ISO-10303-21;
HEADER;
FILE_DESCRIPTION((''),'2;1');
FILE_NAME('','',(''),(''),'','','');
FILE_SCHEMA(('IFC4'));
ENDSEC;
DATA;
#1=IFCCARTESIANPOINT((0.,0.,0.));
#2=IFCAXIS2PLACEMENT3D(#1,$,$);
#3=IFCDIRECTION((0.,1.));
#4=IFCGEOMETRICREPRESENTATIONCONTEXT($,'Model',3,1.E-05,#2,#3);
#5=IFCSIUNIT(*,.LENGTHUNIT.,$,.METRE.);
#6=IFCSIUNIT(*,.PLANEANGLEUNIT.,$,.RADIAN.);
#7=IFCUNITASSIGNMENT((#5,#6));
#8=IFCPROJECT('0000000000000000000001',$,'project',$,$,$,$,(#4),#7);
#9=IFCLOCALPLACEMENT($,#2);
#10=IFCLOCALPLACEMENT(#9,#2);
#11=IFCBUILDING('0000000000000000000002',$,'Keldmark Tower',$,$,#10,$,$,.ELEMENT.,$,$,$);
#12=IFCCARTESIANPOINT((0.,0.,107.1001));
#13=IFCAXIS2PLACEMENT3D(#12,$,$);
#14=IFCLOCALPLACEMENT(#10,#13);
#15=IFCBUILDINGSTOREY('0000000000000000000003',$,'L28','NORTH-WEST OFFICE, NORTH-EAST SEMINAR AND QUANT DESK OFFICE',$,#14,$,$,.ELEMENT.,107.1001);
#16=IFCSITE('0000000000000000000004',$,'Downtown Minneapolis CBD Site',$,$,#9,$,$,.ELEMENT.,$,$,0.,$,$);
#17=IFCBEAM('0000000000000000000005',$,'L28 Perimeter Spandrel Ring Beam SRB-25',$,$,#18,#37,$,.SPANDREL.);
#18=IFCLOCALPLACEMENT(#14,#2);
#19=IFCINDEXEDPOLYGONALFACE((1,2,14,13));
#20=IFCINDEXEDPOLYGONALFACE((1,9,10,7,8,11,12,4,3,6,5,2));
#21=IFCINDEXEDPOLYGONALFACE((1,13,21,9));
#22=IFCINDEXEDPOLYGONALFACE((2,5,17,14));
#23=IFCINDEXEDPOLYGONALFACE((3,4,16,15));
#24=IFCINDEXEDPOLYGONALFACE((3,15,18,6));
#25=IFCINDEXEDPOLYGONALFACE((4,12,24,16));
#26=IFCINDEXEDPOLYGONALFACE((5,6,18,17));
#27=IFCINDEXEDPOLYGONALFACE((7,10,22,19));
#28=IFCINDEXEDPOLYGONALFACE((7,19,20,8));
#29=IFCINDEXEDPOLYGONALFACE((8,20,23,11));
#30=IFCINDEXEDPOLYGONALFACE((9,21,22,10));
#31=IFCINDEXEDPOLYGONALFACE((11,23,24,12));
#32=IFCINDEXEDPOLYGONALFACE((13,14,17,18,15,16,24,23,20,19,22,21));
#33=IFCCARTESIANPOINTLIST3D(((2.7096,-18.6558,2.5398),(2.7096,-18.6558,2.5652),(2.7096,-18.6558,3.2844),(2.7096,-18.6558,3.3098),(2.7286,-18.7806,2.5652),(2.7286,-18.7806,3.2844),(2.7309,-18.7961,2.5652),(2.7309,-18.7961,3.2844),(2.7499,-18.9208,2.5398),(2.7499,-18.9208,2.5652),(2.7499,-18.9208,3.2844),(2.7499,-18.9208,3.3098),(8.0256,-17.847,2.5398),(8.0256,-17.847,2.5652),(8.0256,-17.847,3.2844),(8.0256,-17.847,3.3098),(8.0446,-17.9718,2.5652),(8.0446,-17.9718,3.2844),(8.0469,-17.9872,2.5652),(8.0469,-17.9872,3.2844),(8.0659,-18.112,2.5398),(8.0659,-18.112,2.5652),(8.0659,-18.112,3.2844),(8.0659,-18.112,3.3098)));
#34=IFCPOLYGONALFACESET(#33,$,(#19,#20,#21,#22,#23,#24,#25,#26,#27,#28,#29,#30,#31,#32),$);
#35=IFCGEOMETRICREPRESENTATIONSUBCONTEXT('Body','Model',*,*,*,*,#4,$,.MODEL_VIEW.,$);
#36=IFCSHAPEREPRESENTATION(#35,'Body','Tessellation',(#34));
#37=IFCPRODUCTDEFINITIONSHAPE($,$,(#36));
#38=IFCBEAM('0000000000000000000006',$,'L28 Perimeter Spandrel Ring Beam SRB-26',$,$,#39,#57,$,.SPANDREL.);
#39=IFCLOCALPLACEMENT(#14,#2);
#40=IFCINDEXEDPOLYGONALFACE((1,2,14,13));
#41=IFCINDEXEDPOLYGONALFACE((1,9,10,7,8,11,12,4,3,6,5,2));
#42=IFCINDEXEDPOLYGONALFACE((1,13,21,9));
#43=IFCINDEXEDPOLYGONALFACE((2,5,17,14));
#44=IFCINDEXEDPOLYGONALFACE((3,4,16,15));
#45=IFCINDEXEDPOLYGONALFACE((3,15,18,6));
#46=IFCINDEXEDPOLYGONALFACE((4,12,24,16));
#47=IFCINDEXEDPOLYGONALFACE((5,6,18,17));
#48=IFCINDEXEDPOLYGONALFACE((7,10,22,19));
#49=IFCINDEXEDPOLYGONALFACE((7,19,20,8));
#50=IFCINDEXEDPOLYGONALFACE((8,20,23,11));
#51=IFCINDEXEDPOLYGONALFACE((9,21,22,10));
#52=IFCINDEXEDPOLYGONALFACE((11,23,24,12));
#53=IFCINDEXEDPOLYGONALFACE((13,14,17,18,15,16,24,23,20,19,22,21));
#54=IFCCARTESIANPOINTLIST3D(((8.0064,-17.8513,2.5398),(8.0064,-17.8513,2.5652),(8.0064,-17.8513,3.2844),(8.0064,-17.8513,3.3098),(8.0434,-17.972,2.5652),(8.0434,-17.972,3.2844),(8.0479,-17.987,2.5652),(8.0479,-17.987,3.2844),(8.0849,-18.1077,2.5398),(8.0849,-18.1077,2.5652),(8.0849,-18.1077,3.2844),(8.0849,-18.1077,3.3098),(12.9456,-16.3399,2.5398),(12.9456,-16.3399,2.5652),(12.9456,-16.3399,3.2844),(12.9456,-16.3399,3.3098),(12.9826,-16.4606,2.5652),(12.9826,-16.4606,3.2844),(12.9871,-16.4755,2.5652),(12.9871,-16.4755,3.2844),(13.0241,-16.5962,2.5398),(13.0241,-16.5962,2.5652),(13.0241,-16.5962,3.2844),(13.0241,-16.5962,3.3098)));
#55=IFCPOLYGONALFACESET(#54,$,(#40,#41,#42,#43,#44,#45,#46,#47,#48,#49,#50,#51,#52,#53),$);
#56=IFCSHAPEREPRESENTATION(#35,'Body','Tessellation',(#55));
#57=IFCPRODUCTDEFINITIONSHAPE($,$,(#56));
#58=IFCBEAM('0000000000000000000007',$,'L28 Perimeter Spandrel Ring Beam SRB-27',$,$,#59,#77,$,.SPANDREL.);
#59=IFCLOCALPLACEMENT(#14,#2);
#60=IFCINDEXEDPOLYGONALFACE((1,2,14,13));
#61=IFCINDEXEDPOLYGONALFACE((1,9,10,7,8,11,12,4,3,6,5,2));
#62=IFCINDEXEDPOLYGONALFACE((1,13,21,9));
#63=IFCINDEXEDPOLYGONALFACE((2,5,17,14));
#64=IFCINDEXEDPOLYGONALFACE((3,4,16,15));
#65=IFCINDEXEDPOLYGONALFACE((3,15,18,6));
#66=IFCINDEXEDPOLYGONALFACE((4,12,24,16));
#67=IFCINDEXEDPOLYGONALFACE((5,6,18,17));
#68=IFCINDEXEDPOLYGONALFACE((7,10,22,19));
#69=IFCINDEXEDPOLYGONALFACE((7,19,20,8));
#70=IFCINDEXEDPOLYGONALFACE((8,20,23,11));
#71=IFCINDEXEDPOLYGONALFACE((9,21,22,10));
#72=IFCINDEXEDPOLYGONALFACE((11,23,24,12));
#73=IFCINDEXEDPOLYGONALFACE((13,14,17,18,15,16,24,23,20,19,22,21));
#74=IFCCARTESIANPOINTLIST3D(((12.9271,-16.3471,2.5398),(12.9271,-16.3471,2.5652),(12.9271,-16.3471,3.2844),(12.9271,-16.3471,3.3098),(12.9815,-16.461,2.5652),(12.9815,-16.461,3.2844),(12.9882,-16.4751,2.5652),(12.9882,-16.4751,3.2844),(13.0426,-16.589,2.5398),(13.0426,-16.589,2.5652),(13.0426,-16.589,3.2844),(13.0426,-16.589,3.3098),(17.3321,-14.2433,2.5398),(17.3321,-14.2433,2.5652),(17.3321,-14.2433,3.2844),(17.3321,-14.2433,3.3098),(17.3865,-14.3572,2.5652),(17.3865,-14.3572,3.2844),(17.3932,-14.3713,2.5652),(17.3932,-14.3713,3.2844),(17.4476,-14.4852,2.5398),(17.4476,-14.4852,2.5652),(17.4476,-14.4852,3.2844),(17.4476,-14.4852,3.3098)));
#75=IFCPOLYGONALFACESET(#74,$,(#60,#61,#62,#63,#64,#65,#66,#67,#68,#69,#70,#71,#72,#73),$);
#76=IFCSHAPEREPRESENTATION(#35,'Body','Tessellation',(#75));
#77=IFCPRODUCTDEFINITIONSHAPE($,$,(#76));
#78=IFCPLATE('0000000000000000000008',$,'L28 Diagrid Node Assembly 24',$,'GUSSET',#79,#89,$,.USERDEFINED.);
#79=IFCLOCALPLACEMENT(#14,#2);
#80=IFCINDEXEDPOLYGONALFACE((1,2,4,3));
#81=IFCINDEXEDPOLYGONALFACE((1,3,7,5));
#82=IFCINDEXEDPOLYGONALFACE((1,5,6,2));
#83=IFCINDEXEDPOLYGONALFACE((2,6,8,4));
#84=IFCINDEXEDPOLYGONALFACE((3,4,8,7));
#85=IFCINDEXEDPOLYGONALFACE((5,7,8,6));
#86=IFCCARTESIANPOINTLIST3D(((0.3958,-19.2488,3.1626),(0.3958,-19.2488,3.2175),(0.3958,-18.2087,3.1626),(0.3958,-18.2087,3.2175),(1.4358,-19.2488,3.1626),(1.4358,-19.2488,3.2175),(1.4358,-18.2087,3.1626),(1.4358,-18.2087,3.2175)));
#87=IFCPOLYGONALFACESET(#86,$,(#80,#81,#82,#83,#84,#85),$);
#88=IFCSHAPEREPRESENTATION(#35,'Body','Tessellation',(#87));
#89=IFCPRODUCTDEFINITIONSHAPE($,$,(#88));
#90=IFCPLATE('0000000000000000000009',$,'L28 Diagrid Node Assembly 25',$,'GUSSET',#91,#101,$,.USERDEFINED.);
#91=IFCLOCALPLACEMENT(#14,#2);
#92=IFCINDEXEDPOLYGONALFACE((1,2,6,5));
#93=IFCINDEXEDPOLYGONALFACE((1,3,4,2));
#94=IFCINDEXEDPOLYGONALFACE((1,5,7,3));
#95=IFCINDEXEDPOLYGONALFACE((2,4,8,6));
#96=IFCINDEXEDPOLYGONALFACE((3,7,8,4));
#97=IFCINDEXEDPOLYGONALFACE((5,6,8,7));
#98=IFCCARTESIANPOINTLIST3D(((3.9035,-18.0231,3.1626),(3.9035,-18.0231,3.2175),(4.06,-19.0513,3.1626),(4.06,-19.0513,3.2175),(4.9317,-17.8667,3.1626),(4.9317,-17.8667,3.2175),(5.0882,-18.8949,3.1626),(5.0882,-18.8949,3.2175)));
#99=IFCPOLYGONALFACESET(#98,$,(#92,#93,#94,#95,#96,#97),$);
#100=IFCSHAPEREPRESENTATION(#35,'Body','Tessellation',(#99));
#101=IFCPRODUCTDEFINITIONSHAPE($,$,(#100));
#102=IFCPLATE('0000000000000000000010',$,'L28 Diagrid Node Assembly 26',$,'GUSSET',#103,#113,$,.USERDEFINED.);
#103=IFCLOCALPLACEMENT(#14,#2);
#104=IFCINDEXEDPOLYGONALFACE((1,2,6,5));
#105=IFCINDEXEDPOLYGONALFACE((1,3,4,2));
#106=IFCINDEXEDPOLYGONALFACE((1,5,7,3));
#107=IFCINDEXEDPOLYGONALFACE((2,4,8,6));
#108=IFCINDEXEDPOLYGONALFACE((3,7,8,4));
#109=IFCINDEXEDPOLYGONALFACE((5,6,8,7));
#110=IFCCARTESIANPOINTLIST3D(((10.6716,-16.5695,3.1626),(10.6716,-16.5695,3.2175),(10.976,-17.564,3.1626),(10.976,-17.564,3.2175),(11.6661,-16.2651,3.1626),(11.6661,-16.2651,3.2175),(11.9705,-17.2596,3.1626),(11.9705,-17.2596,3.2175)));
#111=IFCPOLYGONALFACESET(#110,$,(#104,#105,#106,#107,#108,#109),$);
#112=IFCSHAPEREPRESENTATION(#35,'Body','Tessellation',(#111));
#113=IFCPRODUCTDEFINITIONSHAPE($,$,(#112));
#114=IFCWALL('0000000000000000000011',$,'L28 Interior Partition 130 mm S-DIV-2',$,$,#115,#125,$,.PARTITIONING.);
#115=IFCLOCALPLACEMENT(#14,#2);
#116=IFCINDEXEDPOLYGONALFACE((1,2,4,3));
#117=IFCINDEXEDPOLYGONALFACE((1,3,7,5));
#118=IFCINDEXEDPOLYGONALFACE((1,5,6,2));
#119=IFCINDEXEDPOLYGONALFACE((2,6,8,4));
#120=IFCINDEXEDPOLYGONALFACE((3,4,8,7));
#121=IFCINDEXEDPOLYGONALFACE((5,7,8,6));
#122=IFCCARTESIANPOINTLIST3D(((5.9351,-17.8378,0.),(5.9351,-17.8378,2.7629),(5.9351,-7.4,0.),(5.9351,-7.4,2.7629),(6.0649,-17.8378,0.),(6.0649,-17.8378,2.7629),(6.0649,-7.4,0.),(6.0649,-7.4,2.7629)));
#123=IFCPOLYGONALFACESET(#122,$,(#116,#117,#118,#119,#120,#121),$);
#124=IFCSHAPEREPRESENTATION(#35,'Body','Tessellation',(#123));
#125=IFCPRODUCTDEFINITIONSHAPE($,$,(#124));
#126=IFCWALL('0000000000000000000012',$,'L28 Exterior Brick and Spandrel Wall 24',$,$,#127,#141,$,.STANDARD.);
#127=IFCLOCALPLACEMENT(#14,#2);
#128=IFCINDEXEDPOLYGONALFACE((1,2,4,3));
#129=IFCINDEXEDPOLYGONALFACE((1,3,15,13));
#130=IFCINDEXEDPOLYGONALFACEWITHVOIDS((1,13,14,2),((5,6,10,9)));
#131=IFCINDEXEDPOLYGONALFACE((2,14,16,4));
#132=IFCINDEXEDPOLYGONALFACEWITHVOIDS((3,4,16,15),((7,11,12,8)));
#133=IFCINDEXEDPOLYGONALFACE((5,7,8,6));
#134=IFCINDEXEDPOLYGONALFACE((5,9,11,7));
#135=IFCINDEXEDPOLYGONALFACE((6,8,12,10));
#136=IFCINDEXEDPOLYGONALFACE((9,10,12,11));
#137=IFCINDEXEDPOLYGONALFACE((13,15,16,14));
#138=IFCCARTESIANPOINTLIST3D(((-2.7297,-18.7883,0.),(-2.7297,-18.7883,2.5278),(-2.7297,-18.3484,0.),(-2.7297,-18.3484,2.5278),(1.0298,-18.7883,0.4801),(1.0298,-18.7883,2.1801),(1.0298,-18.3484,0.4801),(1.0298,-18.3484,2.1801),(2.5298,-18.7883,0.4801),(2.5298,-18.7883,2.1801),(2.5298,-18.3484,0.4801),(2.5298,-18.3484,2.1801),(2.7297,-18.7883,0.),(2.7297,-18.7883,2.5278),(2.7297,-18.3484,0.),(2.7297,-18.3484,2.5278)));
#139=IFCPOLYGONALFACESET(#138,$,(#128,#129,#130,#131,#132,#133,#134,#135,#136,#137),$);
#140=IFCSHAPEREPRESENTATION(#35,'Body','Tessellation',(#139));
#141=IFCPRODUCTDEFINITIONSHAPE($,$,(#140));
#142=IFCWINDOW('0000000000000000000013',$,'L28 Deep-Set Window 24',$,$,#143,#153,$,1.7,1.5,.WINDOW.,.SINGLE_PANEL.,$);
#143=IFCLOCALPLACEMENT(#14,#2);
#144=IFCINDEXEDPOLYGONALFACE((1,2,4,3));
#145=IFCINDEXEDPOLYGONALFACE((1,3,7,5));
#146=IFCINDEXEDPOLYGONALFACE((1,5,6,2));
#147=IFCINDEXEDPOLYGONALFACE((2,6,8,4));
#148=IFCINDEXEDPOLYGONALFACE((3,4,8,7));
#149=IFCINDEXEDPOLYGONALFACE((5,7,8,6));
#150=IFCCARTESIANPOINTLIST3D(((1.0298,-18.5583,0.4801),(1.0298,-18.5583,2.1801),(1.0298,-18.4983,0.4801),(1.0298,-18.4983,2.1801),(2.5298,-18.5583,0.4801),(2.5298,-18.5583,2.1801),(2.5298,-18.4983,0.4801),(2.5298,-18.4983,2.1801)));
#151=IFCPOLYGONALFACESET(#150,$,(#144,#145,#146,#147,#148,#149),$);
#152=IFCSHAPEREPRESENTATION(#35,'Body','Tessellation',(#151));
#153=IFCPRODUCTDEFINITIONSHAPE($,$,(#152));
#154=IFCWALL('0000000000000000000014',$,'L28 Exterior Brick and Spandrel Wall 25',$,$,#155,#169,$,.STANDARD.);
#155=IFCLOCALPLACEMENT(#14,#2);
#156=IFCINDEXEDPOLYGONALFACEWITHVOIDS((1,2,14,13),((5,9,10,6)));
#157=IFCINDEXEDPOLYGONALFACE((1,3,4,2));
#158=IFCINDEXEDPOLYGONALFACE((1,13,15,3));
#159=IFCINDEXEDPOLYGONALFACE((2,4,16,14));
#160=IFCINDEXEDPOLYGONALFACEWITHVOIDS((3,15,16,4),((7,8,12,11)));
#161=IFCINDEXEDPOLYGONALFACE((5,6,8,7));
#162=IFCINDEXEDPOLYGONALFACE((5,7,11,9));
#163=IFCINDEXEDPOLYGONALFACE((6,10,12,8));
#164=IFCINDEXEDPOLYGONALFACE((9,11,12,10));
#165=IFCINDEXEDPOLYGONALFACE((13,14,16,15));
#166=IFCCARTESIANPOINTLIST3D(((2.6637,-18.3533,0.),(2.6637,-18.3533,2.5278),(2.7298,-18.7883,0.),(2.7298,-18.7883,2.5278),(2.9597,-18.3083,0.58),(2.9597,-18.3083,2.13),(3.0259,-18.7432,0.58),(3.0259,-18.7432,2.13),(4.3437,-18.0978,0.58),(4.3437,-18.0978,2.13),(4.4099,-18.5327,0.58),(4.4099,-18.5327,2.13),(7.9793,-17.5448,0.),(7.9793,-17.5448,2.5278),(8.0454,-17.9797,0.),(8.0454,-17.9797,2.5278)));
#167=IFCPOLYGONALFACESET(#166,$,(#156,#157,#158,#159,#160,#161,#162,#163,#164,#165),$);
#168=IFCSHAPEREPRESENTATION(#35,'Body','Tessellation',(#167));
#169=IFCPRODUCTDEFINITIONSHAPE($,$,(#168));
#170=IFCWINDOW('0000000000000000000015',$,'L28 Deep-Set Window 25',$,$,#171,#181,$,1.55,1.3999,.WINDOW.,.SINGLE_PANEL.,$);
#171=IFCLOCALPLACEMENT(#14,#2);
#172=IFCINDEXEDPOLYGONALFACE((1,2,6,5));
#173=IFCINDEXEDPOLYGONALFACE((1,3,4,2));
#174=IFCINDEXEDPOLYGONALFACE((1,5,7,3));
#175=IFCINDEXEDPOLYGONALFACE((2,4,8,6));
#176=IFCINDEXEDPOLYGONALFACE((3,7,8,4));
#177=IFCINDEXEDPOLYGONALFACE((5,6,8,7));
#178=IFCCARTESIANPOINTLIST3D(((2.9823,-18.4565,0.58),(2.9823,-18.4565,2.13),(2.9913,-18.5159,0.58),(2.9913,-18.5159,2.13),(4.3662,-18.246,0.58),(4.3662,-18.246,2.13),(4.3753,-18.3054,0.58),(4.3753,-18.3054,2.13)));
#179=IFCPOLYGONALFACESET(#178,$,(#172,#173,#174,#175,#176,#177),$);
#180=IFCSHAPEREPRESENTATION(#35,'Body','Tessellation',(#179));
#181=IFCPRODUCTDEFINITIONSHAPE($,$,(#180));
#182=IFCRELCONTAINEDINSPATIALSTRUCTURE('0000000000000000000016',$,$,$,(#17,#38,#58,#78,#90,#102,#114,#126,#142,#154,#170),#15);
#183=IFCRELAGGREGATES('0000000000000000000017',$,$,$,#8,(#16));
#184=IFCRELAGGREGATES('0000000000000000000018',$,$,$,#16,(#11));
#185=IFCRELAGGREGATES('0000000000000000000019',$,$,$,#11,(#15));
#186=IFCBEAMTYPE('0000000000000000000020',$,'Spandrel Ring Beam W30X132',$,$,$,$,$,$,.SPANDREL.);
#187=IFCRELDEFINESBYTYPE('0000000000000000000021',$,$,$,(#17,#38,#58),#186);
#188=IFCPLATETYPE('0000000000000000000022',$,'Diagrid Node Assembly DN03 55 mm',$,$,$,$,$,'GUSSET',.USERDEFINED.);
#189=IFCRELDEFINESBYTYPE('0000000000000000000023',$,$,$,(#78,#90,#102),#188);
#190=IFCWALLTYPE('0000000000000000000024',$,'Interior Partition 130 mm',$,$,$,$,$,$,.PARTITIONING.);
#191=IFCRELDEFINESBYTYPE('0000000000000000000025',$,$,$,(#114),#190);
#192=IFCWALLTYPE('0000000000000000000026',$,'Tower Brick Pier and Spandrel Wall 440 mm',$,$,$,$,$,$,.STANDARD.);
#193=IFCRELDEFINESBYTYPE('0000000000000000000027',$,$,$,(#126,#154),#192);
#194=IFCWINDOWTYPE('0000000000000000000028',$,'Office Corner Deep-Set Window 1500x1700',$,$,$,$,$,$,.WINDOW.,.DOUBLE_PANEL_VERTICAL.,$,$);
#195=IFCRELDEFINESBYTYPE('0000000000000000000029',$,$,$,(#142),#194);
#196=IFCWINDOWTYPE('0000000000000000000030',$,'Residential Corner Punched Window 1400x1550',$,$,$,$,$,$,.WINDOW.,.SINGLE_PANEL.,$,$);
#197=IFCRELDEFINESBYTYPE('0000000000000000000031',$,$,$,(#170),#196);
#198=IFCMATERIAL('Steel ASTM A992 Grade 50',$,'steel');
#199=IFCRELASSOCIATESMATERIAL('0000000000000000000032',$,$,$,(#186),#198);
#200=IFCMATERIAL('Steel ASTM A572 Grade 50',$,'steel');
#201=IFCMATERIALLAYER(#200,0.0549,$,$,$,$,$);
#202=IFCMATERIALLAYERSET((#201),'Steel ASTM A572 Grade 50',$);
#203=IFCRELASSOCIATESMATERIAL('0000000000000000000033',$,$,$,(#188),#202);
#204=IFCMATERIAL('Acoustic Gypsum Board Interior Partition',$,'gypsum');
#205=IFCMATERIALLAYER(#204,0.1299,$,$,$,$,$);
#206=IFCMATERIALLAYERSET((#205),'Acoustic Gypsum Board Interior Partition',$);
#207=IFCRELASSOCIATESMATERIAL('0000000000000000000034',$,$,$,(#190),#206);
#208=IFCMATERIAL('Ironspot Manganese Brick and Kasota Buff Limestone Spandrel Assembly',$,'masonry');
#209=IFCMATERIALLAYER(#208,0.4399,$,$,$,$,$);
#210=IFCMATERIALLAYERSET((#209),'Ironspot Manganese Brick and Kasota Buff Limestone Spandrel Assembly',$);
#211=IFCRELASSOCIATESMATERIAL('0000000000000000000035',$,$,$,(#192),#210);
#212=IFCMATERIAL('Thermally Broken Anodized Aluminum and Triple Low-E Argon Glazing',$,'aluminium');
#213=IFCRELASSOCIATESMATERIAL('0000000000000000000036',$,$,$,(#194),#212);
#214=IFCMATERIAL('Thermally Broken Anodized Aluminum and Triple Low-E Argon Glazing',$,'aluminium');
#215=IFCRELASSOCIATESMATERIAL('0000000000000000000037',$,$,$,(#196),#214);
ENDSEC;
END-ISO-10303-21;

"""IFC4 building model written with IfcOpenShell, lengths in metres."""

from ifc_helpers import new_model, si_unit, direction, frame, frame_2d, origin, origin_2d, place, context, subcontext, project, spatial, rectangle, i_section, extrude, material, layer, layer_set, material_profile, profile_set, type_object, element, fill, save


model = new_model("IFC4")

# Units and contexts
model_context = context("Model", 3, precision=1e-05, world=origin(), true_north=direction((0.0, 1.0)))
body_context = subcontext(model_context, "Body", "Model", "MODEL_VIEW")
ifc_project = project(units=[si_unit("LENGTHUNIT", "METRE"), si_unit("PLANEANGLEUNIT", "RADIAN")], contexts=[model_context])

# Site, building, storey
site_placement = place(None, origin())
site = spatial("IfcSite", under=ifc_project, at=site_placement, Name="Downtown Minneapolis CBD Site", CompositionType="ELEMENT", RefElevation=0.0)
building_placement = place(site_placement, origin())
building = spatial("IfcBuilding", under=site, at=building_placement, Name="Keldmark Tower", CompositionType="ELEMENT")
storey_placement = place(building_placement, frame((0.0, 0.0, 107.1001)))
storey = spatial("IfcBuildingStorey", under=building, at=storey_placement, Name="L28", Description="NORTH-WEST OFFICE, NORTH-EAST SEMINAR AND QUANT DESK OFFICE", CompositionType="ELEMENT", Elevation=107.1001)

# Beams
ifc_material_1 = material(Name="Steel ASTM A992 Grade 50", Category="steel")
ifc_material_profile_1 = material_profile(ifc_material_1, i_section(OverallWidth=0.2681, OverallDepth=0.77, WebThickness=0.0156, FlangeThickness=0.0254, at=origin_2d()), Name="W30X132")
ifc_profile_set_1 = profile_set([ifc_material_profile_1], Name="Steel ASTM A992 Grade 50")
beam_type_1 = type_object("IfcBeamType", Name="Spandrel Ring Beam W30X132", PredefinedType="SPANDREL", material=ifc_profile_set_1)
beam_1_placement = place(storey_placement, frame((2.7297, -18.7883, 2.9248), z_axis=(0.988622, 0.150423, 0.0), x_axis=(-0.150423, 0.988622, 0.0)))
element("IfcBeam", 1, at=beam_1_placement, inside=storey, type_object=beam_type_1, Name="L28 Perimeter Spandrel Ring Beam SRB-25", PredefinedType="SPANDREL", context=body_context, shape_type="SweptSolid", body=[
    extrude(i_section(OverallWidth=0.2681, OverallDepth=0.77, WebThickness=0.0156, FlangeThickness=0.0254, at=origin_2d()), origin(), (0.0, 0.0, 1.0), 5.3772),
])
beam_2_placement = place(storey_placement, frame((8.0457, -17.9795, 2.9248), z_axis=(0.956229, 0.292621, 0.0), x_axis=(-0.292621, 0.956229, 0.0)))
element("IfcBeam", 2, at=beam_2_placement, inside=storey, type_object=beam_type_1, Name="L28 Perimeter Spandrel Ring Beam SRB-26", PredefinedType="SPANDREL", context=body_context, shape_type="SweptSolid", body=[
    extrude(i_section(OverallWidth=0.2681, OverallDepth=0.77, WebThickness=0.0156, FlangeThickness=0.0254, at=origin_2d()), origin(), (0.0, 0.0, 1.0), 5.1653),
])
beam_3_placement = place(storey_placement, frame((12.9849, -16.468, 2.9248), z_axis=(0.902373, 0.430956, 0.0), x_axis=(-0.430956, 0.902373, 0.0)))
element("IfcBeam", 3, at=beam_3_placement, inside=storey, type_object=beam_type_1, Name="L28 Perimeter Spandrel Ring Beam SRB-27", PredefinedType="SPANDREL", context=body_context, shape_type="SweptSolid", body=[
    extrude(i_section(OverallWidth=0.2681, OverallDepth=0.77, WebThickness=0.0156, FlangeThickness=0.0254, at=origin_2d()), origin(), (0.0, 0.0, 1.0), 4.8816),
])

# Plates
ifc_material_2 = material(Name="Steel ASTM A572 Grade 50", Category="steel")
ifc_layer_1 = layer(ifc_material_2, 0.0549)
ifc_layer_set_1 = layer_set([ifc_layer_1], Name="Steel ASTM A572 Grade 50")
plate_type = type_object("IfcPlateType", Name="Diagrid Node Assembly DN03 55 mm", ElementType="GUSSET", PredefinedType="USERDEFINED", material=ifc_layer_set_1)
for number, where, z_axis, x_axis, name in (
    (4, (0.9158, -18.7288, 3.1626), (0.0, 0.0, 1.0), (1.0, 0.0, 0.0), "L28 Diagrid Node Assembly 24"),
    (5, (4.4958, -18.459, 3.1626), (0.0, 0.0, 1.0), (0.988626, 0.150398, 0.0), "L28 Diagrid Node Assembly 25"),
    (6, (11.321, -16.9146, 3.1626), (0.0, 0.0, 1.0), (0.956203, 0.292706, 0.0), "L28 Diagrid Node Assembly 26"),
):
    element("IfcPlate", number, at=place(storey_placement, frame(where, z_axis=z_axis, x_axis=x_axis)), inside=storey, type_object=plate_type, Name=name, ObjectType="GUSSET", PredefinedType="USERDEFINED", context=body_context, shape_type="SweptSolid", body=[
        extrude(rectangle(XDim=1.04, YDim=1.04, at=origin_2d()), origin(), (0.0, 0.0, 1.0), 0.0549),
    ])

# Wall
ifc_material_3 = material(Name="Acoustic Gypsum Board Interior Partition", Category="gypsum")
ifc_layer_2 = layer(ifc_material_3, 0.1299)
ifc_layer_set_2 = layer_set([ifc_layer_2], Name="Acoustic Gypsum Board Interior Partition")
wall_type_1 = type_object("IfcWallType", Name="Interior Partition 130 mm", PredefinedType="PARTITIONING", material=ifc_layer_set_2)
wall_1_placement = place(storey_placement, frame((6.0, -17.8376, 0.0), z_axis=(0.0, 0.0, 1.0), x_axis=(0.0, 1.0, 0.0)))
element("IfcWall", 7, at=wall_1_placement, inside=storey, type_object=wall_type_1, Name="L28 Interior Partition 130 mm S-DIV-2", PredefinedType="PARTITIONING", context=body_context, shape_type="SweptSolid", body=[
    extrude(rectangle(XDim=10.4377, YDim=0.1299, at=frame_2d((5.2188, 0.0))), origin(), (0.0, 0.0, 1.0), 2.7629),
])

# Walls, openings, windows
ifc_material_4 = material(Name="Ironspot Manganese Brick and Kasota Buff Limestone Spandrel Assembly", Category="masonry")
ifc_layer_3 = layer(ifc_material_4, 0.4399)
ifc_layer_set_3 = layer_set([ifc_layer_3], Name="Ironspot Manganese Brick and Kasota Buff Limestone Spandrel Assembly")
wall_type_2 = type_object("IfcWallType", Name="Tower Brick Pier and Spandrel Wall 440 mm", PredefinedType="STANDARD", material=ifc_layer_set_3)
wall_2_placement = place(storey_placement, frame((2.7297, -18.5684, 0.0), z_axis=(0.0, 0.0, 1.0), x_axis=(-1.0, 0.0, 0.0)))
wall_2 = element("IfcWall", 8, at=wall_2_placement, inside=storey, type_object=wall_type_2, Name="L28 Exterior Brick and Spandrel Wall 24", PredefinedType="STANDARD", context=body_context, shape_type="SweptSolid", body=[
    extrude(rectangle(XDim=5.4595, YDim=0.4399, at=frame_2d((2.7297, 0.0))), origin(), (0.0, 0.0, 1.0), 2.5278),
])
opening_1_placement = place(wall_2_placement, frame((0.2, 0.0, 0.48)))
opening_1 = element("IfcOpeningElement", 9, at=opening_1_placement, cuts=wall_2, PredefinedType="OPENING", context=body_context, shape_type="SweptSolid", body=[
    extrude(rectangle(XDim=1.5, YDim=1.7, at=frame_2d((0.75, 0.8501))), frame((0.0, 0.23, 0.0), z_axis=(0.0, -1.0, 0.0), x_axis=(1.0, 0.0, 0.0)), (0.0, 0.0, 1.0), 0.46),
])
ifc_material_5 = material(Name="Thermally Broken Anodized Aluminum and Triple Low-E Argon Glazing", Category="aluminium")
window_type_1 = type_object("IfcWindowType", Name="Office Corner Deep-Set Window 1500x1700", PartitioningType="DOUBLE_PANEL_VERTICAL", PredefinedType="WINDOW", material=ifc_material_5)
window_1_placement = place(opening_1_placement, origin())
window_1 = element("IfcWindow", 10, at=window_1_placement, inside=storey, type_object=window_type_1, Name="L28 Deep-Set Window 24", OverallHeight=1.7, OverallWidth=1.5, PartitioningType="SINGLE_PANEL", PredefinedType="WINDOW", context=body_context, shape_type="SweptSolid", body=[
    extrude(rectangle(XDim=1.5, YDim=1.7, at=frame_2d((0.75, 0.8501))), frame((0.0, -0.01, 0.0), z_axis=(0.0, -1.0, 0.0), x_axis=(1.0, 0.0, 0.0)), (0.0, 0.0, 1.0), 0.0601),
])
fill(opening_1, window_1)
wall_3_placement = place(storey_placement, frame((8.0125, -17.7622, 0.0), z_axis=(0.0, 0.0, 1.0), x_axis=(-0.988627, -0.150385, 0.0)))
wall_3 = element("IfcWall", 11, at=wall_3_placement, inside=storey, type_object=wall_type_2, Name="L28 Exterior Brick and Spandrel Wall 25", PredefinedType="STANDARD", context=body_context, shape_type="SweptSolid", body=[
    extrude(rectangle(XDim=5.3767, YDim=0.4399, at=frame_2d((2.6885, 0.0))), origin(), (0.0, 0.0, 1.0), 2.5278),
])
opening_2_placement = place(wall_3_placement, frame((3.6775, 0.0, 0.5801)))
opening_2 = element("IfcOpeningElement", 12, at=opening_2_placement, cuts=wall_3, PredefinedType="OPENING", context=body_context, shape_type="SweptSolid", body=[
    extrude(rectangle(XDim=1.3999, YDim=1.55, at=frame_2d((0.7, 0.7749))), frame((0.0, 0.23, 0.0), z_axis=(0.0, -1.0, 0.0), x_axis=(1.0, 0.0, 0.0)), (0.0, 0.0, 1.0), 0.46),
])
ifc_material_6 = material(Name="Thermally Broken Anodized Aluminum and Triple Low-E Argon Glazing", Category="aluminium")
window_type_2 = type_object("IfcWindowType", Name="Residential Corner Punched Window 1400x1550", PartitioningType="SINGLE_PANEL", PredefinedType="WINDOW", material=ifc_material_6)
window_2_placement = place(opening_2_placement, origin())
window_2 = element("IfcWindow", 13, at=window_2_placement, inside=storey, type_object=window_type_2, Name="L28 Deep-Set Window 25", OverallHeight=1.55, OverallWidth=1.3999, PartitioningType="SINGLE_PANEL", PredefinedType="WINDOW", context=body_context, shape_type="SweptSolid", body=[
    extrude(rectangle(XDim=1.3999, YDim=1.55, at=frame_2d((0.7, 0.7749))), frame((0.0, -0.01, 0.0), z_axis=(0.0, -1.0, 0.0), x_axis=(1.0, 0.0, 0.0)), (0.0, 0.0, 1.0), 0.0601),
])
fill(opening_2, window_2)

save(model, "model.ifc")
